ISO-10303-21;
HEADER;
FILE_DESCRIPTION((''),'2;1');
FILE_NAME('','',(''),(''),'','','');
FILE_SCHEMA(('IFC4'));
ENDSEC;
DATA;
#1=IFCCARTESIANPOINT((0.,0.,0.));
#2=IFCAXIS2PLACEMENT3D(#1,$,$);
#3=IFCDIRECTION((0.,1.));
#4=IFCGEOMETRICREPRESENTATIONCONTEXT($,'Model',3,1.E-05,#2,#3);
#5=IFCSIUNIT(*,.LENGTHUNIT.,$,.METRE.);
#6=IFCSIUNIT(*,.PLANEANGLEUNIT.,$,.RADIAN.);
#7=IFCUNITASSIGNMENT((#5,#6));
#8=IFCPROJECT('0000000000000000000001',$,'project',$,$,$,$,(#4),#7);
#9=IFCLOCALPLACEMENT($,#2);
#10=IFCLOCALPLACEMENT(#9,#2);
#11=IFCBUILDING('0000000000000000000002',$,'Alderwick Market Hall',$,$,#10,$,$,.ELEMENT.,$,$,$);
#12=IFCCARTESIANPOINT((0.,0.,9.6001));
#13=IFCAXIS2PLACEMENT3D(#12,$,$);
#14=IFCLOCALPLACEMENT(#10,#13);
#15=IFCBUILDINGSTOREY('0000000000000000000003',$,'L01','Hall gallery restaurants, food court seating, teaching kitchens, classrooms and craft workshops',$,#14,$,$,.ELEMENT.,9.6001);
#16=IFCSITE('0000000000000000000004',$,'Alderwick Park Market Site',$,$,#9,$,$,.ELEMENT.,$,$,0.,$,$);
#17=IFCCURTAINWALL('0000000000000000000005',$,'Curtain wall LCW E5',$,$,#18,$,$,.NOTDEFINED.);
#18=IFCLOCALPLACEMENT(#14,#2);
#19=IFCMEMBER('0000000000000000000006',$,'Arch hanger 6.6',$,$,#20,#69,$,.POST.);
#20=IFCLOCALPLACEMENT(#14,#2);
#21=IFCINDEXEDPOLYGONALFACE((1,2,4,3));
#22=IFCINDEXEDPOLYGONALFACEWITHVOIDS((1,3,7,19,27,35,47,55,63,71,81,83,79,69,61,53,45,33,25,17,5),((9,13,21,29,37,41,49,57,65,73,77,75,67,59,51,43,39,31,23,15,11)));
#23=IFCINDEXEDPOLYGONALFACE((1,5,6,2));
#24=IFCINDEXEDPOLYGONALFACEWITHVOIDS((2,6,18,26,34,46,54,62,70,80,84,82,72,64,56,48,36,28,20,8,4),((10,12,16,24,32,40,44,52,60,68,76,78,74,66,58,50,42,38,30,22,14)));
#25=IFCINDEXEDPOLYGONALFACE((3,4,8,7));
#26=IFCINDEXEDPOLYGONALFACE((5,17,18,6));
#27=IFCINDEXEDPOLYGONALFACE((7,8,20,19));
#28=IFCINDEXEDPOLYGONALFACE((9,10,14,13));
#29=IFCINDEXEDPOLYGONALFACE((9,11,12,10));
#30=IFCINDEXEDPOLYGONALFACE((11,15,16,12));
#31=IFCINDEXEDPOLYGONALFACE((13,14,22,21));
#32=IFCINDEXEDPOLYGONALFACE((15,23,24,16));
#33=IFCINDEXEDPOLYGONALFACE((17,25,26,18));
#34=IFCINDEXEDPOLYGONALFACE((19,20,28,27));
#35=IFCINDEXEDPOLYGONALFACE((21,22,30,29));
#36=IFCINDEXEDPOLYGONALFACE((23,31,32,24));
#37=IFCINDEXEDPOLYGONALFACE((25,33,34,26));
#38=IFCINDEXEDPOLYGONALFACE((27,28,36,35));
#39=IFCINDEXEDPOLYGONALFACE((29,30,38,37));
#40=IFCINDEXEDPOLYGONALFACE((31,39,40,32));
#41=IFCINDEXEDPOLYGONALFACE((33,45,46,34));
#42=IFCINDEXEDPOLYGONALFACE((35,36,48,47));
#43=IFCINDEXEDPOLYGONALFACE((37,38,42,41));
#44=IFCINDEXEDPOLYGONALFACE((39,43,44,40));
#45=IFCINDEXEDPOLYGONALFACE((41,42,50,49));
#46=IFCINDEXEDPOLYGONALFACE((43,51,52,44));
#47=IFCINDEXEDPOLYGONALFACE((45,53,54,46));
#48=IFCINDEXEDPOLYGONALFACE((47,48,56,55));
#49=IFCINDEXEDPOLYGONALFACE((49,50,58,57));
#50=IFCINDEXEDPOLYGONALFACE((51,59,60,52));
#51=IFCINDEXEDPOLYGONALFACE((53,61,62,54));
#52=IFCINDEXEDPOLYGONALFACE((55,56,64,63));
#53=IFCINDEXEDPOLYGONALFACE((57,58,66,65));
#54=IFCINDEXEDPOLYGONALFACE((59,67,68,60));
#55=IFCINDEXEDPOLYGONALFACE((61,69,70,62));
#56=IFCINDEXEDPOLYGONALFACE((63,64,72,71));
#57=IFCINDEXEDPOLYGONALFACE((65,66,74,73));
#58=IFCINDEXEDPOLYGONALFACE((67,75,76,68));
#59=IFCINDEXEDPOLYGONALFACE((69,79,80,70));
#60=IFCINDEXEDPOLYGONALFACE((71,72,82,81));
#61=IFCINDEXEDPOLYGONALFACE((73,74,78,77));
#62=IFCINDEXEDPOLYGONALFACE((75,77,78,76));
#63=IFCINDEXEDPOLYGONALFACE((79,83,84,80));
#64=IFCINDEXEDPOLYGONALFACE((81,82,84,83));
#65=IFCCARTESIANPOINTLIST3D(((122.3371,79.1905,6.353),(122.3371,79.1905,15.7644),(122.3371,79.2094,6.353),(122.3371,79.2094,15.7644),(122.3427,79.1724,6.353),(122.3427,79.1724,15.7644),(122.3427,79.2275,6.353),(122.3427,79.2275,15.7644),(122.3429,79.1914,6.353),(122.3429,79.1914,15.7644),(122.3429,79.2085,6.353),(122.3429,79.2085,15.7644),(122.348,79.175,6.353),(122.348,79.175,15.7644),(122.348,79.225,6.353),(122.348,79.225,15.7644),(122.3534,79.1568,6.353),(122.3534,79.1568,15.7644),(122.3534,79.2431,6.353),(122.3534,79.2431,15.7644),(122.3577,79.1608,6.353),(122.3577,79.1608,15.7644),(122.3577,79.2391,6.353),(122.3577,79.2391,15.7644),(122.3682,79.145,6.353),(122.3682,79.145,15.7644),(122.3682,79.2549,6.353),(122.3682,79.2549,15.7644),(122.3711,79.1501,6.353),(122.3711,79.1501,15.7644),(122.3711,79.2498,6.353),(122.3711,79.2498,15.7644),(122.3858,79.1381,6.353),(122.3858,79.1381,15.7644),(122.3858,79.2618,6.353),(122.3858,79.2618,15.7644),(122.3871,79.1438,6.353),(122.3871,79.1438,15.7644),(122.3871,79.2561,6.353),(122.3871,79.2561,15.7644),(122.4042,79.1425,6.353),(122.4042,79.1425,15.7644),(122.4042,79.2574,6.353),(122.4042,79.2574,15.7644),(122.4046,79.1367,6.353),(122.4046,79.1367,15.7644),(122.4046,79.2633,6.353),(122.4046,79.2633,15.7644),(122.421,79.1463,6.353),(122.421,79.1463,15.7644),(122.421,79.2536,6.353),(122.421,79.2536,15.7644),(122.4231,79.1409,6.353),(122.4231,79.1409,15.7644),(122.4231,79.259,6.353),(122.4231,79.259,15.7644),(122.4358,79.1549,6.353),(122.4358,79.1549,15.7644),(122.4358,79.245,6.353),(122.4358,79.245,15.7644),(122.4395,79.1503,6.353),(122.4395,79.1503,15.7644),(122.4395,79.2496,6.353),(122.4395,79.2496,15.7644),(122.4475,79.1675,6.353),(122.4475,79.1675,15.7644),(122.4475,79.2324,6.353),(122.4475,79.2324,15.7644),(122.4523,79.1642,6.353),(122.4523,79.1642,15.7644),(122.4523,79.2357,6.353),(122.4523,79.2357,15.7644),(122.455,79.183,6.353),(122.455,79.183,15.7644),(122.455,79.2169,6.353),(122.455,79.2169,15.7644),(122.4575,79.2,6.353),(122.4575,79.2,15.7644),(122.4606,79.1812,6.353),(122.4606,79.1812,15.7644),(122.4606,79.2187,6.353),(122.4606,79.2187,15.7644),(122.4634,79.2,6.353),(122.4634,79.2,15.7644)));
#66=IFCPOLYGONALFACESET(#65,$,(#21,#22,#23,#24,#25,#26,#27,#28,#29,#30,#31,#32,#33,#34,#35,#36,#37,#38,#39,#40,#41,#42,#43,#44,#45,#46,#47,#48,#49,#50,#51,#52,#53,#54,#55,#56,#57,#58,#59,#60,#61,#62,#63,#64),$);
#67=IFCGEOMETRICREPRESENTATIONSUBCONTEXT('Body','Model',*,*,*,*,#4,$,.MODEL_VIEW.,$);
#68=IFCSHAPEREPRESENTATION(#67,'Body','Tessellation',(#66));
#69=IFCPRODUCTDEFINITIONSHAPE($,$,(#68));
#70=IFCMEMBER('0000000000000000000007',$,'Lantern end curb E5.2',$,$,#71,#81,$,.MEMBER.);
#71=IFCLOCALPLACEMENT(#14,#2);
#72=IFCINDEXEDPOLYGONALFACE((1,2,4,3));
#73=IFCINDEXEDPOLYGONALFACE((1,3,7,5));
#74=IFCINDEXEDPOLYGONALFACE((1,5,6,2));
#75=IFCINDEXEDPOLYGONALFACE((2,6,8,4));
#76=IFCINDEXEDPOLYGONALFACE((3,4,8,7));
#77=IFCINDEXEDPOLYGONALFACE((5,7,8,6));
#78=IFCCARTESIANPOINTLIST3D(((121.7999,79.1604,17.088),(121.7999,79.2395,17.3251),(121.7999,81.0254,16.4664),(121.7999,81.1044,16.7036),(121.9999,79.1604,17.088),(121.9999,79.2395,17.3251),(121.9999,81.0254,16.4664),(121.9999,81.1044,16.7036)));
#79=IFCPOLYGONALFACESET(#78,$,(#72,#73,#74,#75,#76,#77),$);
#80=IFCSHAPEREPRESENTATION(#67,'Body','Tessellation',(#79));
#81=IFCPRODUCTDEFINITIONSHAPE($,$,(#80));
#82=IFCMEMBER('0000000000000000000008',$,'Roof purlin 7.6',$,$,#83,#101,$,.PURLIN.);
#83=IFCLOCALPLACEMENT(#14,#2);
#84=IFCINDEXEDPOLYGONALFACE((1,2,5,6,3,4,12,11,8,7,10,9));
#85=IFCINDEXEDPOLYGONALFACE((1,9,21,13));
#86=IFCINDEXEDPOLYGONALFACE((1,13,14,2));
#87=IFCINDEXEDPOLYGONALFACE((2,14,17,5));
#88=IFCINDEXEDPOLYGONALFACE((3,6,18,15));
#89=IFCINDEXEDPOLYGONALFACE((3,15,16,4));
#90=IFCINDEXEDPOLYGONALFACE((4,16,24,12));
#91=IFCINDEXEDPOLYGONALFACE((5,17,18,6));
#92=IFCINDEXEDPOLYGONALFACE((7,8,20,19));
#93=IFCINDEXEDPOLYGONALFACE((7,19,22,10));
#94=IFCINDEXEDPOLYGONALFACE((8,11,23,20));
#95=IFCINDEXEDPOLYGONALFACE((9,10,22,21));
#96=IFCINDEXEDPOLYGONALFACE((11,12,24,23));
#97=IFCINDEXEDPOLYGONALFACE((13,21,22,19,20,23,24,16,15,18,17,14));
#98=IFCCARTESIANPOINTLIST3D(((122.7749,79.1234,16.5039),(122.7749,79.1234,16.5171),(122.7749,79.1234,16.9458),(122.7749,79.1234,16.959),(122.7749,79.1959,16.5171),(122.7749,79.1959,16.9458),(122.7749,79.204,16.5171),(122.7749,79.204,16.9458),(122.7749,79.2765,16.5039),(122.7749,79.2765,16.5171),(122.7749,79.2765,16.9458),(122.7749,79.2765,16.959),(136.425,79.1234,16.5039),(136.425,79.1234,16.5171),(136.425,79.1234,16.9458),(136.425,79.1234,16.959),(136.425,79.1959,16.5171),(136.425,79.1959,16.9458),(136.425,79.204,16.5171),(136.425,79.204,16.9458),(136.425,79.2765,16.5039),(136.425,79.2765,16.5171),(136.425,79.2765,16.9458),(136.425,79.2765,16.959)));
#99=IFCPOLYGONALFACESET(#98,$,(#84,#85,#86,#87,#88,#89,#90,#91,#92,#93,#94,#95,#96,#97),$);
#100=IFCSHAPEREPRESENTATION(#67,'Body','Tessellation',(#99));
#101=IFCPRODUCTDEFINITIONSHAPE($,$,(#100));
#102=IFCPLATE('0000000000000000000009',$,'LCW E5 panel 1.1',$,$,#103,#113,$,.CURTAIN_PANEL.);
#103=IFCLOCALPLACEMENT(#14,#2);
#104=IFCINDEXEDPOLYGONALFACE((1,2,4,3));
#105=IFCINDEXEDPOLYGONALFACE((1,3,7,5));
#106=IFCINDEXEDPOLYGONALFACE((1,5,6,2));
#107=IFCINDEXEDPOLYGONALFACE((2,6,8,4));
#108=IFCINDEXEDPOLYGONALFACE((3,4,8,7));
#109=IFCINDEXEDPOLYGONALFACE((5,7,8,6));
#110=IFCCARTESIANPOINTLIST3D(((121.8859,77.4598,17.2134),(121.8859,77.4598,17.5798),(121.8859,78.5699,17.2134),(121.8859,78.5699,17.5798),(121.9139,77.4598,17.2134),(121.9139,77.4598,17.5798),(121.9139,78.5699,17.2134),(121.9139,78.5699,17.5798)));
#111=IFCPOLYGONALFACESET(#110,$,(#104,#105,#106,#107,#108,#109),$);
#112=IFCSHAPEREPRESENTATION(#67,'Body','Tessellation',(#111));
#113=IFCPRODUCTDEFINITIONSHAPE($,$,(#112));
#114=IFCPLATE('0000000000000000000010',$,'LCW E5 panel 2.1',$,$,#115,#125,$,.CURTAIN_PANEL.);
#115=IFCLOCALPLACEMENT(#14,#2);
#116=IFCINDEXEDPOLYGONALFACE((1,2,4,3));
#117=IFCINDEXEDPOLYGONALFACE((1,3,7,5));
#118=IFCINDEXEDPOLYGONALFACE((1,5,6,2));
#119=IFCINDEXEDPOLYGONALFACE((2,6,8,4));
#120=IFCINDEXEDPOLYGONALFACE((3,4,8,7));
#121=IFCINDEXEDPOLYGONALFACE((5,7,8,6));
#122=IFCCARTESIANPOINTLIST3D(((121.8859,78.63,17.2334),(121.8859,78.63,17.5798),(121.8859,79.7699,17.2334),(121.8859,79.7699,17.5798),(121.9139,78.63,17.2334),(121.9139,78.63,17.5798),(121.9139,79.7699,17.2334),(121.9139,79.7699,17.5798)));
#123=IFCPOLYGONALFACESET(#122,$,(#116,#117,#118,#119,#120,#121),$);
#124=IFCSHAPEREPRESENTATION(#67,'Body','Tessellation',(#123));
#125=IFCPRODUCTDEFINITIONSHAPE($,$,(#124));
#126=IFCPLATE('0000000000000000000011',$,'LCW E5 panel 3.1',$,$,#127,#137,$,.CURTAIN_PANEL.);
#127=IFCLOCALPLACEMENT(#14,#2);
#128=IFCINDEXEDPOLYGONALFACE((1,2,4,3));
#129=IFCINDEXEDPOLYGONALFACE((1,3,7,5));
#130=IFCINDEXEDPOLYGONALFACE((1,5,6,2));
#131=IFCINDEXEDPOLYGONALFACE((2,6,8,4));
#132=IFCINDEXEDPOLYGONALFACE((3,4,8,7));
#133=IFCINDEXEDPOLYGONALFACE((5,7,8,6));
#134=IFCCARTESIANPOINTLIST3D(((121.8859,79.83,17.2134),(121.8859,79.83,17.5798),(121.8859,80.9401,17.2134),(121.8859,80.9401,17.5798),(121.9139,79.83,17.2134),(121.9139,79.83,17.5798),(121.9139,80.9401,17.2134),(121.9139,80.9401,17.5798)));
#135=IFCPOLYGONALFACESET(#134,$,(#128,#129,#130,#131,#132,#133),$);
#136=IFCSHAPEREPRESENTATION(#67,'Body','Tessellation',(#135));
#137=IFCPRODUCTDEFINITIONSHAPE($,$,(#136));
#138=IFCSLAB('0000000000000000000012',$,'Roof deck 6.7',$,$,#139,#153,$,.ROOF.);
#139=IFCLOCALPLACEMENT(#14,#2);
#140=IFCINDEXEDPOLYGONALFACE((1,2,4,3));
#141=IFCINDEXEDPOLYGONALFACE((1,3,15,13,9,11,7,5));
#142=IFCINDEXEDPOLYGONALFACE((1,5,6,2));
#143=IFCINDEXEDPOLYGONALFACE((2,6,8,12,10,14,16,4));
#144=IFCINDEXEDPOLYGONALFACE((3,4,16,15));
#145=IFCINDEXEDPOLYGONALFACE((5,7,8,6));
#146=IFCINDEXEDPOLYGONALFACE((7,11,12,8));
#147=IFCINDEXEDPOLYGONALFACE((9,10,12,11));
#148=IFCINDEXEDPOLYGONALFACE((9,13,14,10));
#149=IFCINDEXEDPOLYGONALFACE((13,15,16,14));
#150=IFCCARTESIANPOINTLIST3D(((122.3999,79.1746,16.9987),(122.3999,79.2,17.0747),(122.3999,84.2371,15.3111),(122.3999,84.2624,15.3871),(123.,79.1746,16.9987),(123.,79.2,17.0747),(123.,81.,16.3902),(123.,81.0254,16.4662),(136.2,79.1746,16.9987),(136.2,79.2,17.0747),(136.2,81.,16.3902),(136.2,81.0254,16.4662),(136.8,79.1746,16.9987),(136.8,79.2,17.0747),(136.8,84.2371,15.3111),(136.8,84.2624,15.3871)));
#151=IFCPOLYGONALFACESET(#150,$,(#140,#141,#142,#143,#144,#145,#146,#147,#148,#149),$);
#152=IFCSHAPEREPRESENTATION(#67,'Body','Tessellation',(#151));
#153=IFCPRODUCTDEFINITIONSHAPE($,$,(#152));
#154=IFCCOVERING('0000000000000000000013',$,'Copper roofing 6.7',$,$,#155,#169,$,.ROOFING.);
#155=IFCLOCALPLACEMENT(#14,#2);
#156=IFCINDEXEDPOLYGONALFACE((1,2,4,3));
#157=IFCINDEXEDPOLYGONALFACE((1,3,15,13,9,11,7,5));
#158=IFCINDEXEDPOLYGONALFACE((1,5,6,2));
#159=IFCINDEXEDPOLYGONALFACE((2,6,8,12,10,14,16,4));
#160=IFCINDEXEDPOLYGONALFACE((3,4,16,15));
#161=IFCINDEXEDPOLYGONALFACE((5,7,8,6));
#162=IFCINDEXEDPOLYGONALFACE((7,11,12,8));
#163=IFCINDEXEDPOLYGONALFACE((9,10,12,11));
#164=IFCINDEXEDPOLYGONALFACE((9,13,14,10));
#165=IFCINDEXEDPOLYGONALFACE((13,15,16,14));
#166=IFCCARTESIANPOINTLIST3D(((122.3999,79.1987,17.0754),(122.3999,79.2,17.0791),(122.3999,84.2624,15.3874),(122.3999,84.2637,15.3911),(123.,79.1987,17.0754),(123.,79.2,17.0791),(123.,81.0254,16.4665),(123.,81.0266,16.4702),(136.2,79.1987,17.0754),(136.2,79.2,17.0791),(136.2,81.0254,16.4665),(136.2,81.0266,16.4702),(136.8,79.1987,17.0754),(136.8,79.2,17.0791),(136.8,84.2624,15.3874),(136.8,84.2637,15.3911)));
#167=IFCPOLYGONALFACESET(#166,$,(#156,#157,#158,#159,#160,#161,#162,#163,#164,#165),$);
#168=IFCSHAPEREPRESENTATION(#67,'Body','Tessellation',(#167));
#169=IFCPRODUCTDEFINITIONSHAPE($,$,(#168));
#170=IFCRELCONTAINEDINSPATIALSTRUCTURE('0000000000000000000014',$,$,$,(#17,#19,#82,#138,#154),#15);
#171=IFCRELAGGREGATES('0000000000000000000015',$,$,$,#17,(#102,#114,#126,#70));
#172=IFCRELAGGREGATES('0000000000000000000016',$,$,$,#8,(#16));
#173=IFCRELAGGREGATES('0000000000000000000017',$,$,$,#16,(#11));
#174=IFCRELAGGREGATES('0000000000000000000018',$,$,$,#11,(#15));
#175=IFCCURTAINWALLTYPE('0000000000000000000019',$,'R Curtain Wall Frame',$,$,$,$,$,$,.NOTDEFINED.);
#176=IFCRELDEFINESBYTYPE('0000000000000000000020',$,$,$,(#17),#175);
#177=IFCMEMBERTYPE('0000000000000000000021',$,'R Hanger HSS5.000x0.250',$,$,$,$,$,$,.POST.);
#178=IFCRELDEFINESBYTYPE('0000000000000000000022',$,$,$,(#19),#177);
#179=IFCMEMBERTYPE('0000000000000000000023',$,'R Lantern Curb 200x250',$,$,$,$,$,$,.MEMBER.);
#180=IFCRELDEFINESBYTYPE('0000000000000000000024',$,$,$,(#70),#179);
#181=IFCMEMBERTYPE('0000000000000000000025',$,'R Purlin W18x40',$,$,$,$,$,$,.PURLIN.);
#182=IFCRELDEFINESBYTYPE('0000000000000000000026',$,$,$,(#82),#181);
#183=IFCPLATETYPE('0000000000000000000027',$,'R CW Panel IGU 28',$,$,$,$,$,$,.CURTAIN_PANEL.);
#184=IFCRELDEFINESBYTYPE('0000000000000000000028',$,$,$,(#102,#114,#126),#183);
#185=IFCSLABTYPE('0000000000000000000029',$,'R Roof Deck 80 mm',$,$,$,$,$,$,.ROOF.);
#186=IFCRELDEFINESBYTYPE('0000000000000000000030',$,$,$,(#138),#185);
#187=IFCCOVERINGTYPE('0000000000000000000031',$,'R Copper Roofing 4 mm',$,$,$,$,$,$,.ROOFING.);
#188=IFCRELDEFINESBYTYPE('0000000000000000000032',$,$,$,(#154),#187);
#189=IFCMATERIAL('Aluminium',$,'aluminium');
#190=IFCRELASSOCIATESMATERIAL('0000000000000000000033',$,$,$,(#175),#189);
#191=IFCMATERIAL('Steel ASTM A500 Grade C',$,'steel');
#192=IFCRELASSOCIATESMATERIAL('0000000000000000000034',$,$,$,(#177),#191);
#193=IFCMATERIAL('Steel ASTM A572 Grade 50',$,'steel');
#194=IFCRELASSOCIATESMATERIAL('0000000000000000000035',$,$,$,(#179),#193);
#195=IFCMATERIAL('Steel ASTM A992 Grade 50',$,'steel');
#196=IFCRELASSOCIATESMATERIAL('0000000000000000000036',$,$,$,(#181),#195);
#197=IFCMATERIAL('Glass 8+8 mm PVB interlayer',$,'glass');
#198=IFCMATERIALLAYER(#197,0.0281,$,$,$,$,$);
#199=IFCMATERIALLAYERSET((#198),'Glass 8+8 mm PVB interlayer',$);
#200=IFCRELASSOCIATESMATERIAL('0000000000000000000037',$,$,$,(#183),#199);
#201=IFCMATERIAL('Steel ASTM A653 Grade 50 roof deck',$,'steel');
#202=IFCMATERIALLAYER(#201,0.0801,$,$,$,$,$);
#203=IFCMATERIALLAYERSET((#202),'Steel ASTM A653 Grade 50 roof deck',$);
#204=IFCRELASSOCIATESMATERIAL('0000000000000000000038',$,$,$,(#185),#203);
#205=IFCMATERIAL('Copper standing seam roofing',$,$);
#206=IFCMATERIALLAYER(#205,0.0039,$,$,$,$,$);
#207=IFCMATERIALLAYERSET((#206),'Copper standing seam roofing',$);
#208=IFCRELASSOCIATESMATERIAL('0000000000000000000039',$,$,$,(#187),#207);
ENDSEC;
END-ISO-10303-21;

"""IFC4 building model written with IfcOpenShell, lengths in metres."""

from ifc_helpers import new_model, si_unit, direction, frame, origin, origin_2d, place, context, subcontext, project, spatial, polyline, rectangle, hollow_circle, i_section, outline, extrude, material, layer, layer_set, material_profile, profile_set, type_object, element, aggregate, save


model = new_model("IFC4")

# Units and contexts
model_context = context("Model", 3, precision=1e-05, world=origin(), true_north=direction((0.0, 1.0)))
body_context = subcontext(model_context, "Body", "Model", "MODEL_VIEW")
ifc_project = project(units=[si_unit("LENGTHUNIT", "METRE"), si_unit("PLANEANGLEUNIT", "RADIAN")], contexts=[model_context])

# Site, building, storey
site_placement = place(None, origin())
site = spatial("IfcSite", under=ifc_project, at=site_placement, Name="Alderwick Park Market Site", CompositionType="ELEMENT", RefElevation=0.0)
building_placement = place(site_placement, origin())
building = spatial("IfcBuilding", under=site, at=building_placement, Name="Alderwick Market Hall", CompositionType="ELEMENT")
storey_placement = place(building_placement, frame((0.0, 0.0, 9.6001)))
storey = spatial("IfcBuildingStorey", under=building, at=storey_placement, Name="L01", Description="Hall gallery restaurants, food court seating, teaching kitchens, classrooms and craft workshops", CompositionType="ELEMENT", Elevation=9.6001)

# Curtain wall
ifc_material_1 = material(Name="Aluminium", Category="aluminium")
curtain_wall_type = type_object("IfcCurtainWallType", Name="R Curtain Wall Frame", PredefinedType="NOTDEFINED", material=ifc_material_1)
curtain_wall_1_placement = place(storey_placement, origin())
curtain_wall_1 = element("IfcCurtainWall", 1, at=curtain_wall_1_placement, inside=storey, type_object=curtain_wall_type, Name="Curtain wall LCW E5", PredefinedType="NOTDEFINED")

# Member
ifc_material_2 = material(Name="Steel ASTM A500 Grade C", Category="steel")
ifc_material_profile_1 = material_profile(ifc_material_2, hollow_circle(Radius=0.0635, WallThickness=0.0059, at=origin_2d()), Name="HSS5.000x0.250")
ifc_profile_set_1 = profile_set([ifc_material_profile_1], Name="Steel ASTM A500 Grade C")
member_type_1 = type_object("IfcMemberType", Name="R Hanger HSS5.000x0.250", PredefinedType="POST", material=ifc_profile_set_1)
member_1_placement = place(storey_placement, frame((122.3999, 79.2, 6.353), z_axis=(0.0, 0.0, 1.0), x_axis=(1.0, 0.0, 0.0)))
element("IfcMember", 2, at=member_1_placement, inside=storey, type_object=member_type_1, Name="Arch hanger 6.6", PredefinedType="POST", context=body_context, shape_type="SweptSolid", body=[
    extrude(hollow_circle(Radius=0.0635, WallThickness=0.0059, at=origin_2d()), origin(), (0.0, 0.0, 1.0), 9.4114),
])

# Members
ifc_material_3 = material(Name="Steel ASTM A572 Grade 50", Category="steel")
ifc_material_profile_2 = material_profile(ifc_material_3, rectangle(XDim=0.2, YDim=0.25, at=origin_2d()), Name="Steel plate curb 200x250")
ifc_profile_set_2 = profile_set([ifc_material_profile_2], Name="Steel ASTM A572 Grade 50")
member_type_2 = type_object("IfcMemberType", Name="R Lantern Curb 200x250", PredefinedType="MEMBER", material=ifc_profile_set_2)
member_2_placement = place(storey_placement, frame((121.8999, 79.2, 17.2065), z_axis=(0.0, 0.948696, -0.316191), x_axis=(-1.0, 0.0, 0.0)))
member_2 = element("IfcMember", 3, at=member_2_placement, type_object=member_type_2, Name="Lantern end curb E5.2", PredefinedType="MEMBER", context=body_context, shape_type="SweptSolid", body=[
    extrude(rectangle(XDim=0.2, YDim=0.25, at=origin_2d()), origin(), (0.0, 0.0, 1.0), 1.9658),
])
ifc_material_4 = material(Name="Steel ASTM A992 Grade 50", Category="steel")
ifc_material_profile_3 = material_profile(ifc_material_4, i_section(OverallWidth=0.1531, OverallDepth=0.4551, WebThickness=0.0081, FlangeThickness=0.0132, at=origin_2d()), Name="W18x40")
ifc_profile_set_3 = profile_set([ifc_material_profile_3], Name="Steel ASTM A992 Grade 50")
member_type_3 = type_object("IfcMemberType", Name="R Purlin W18x40", PredefinedType="PURLIN", material=ifc_profile_set_3)
member_3_placement = place(storey_placement, frame((122.7749, 79.2, 16.7314), z_axis=(1.0, 0.0, 0.0), x_axis=(0.0, 1.0, 0.0)))
element("IfcMember", 4, at=member_3_placement, inside=storey, type_object=member_type_3, Name="Roof purlin 7.6", PredefinedType="PURLIN", context=body_context, shape_type="SweptSolid", body=[
    extrude(i_section(OverallWidth=0.1531, OverallDepth=0.4551, WebThickness=0.0081, FlangeThickness=0.0132, at=origin_2d()), origin(), (0.0, 0.0, 1.0), 13.6501),
])

# Plates
ifc_material_5 = material(Name="Glass 8+8 mm PVB interlayer", Category="glass")
ifc_layer_1 = layer(ifc_material_5, 0.0281)
ifc_layer_set_1 = layer_set([ifc_layer_1], Name="Glass 8+8 mm PVB interlayer")
plate_type = type_object("IfcPlateType", Name="R CW Panel IGU 28", PredefinedType="CURTAIN_PANEL", material=ifc_layer_set_1)
plate_1_placement = place(storey_placement, frame((121.8999, 78.0149, 17.2134), z_axis=(0.0, 0.0, 1.0), x_axis=(1.0, 0.0, 0.0)))
plate_1 = element("IfcPlate", 5, at=plate_1_placement, type_object=plate_type, Name="LCW E5 panel 1.1", PredefinedType="CURTAIN_PANEL", context=body_context, shape_type="SweptSolid", body=[
    extrude(rectangle(XDim=0.0281, YDim=1.1101, at=origin_2d()), origin(), (0.0, 0.0, 1.0), 0.3665),
])
plate_2_placement = place(storey_placement, frame((121.8999, 79.2, 17.2334), z_axis=(0.0, 0.0, 1.0), x_axis=(1.0, 0.0, 0.0)))
plate_2 = element("IfcPlate", 6, at=plate_2_placement, type_object=plate_type, Name="LCW E5 panel 2.1", PredefinedType="CURTAIN_PANEL", context=body_context, shape_type="SweptSolid", body=[
    extrude(rectangle(XDim=0.0281, YDim=1.1399, at=origin_2d()), origin(), (0.0, 0.0, 1.0), 0.3464),
])
plate_3_placement = place(storey_placement, frame((121.8999, 80.385, 17.2134), z_axis=(0.0, 0.0, 1.0), x_axis=(1.0, 0.0, 0.0)))
plate_3 = element("IfcPlate", 7, at=plate_3_placement, type_object=plate_type, Name="LCW E5 panel 3.1", PredefinedType="CURTAIN_PANEL", context=body_context, shape_type="SweptSolid", body=[
    extrude(rectangle(XDim=0.0281, YDim=1.1101, at=origin_2d()), origin(), (0.0, 0.0, 1.0), 0.3665),
])
aggregate(curtain_wall_1, [plate_1, plate_2, plate_3, member_2])

# Slab
ifc_material_6 = material(Name="Steel ASTM A653 Grade 50 roof deck", Category="steel")
ifc_layer_2 = layer(ifc_material_6, 0.0801)
ifc_layer_set_2 = layer_set([ifc_layer_2], Name="Steel ASTM A653 Grade 50 roof deck")
slab_type = type_object("IfcSlabType", Name="R Roof Deck 80 mm", PredefinedType="ROOF", material=ifc_layer_set_2)
slab_placement = place(storey_placement, frame((122.3999, 79.2, 17.0747), z_axis=(0.0, 0.316247, 0.948677), x_axis=(1.0, 0.0, 0.0)))
element("IfcSlab", 8, at=slab_placement, inside=storey, type_object=slab_type, Name="Roof deck 6.7", PredefinedType="ROOF", context=body_context, shape_type="SweptSolid", body=[
    extrude(outline(polyline([(0.0, 0.0), (0.6001, 0.0), (0.6001, 1.9242), (13.8, 1.9242), (13.8, 0.0), (14.4001, 0.0), (14.4001, 5.3363), (0.0, 5.3363), (0.0, 0.0)])), origin(), (0.0, 0.0, -1.0), 0.0801),
])

# Covering
ifc_material_7 = material(Name="Copper standing seam roofing")
ifc_layer_3 = layer(ifc_material_7, 0.0039)
ifc_layer_set_3 = layer_set([ifc_layer_3], Name="Copper standing seam roofing")
covering_type = type_object("IfcCoveringType", Name="R Copper Roofing 4 mm", PredefinedType="ROOFING", material=ifc_layer_set_3)
covering_placement = place(storey_placement, frame((122.3999, 79.2, 17.0791), z_axis=(0.0, 0.316248, 0.948676), x_axis=(1.0, 0.0, 0.0)))
element("IfcCovering", 9, at=covering_placement, inside=storey, type_object=covering_type, Name="Copper roofing 6.7", PredefinedType="ROOFING", context=body_context, shape_type="SweptSolid", body=[
    extrude(outline(polyline([(0.0, 0.0), (0.6001, 0.0), (0.6001, 1.9255), (13.8, 1.9255), (13.8, 0.0), (14.4001, 0.0), (14.4001, 5.3377), (0.0, 5.3377), (0.0, 0.0)])), origin(), (0.0, 0.0, -1.0), 0.0039),
])

save(model, "model.ifc")
